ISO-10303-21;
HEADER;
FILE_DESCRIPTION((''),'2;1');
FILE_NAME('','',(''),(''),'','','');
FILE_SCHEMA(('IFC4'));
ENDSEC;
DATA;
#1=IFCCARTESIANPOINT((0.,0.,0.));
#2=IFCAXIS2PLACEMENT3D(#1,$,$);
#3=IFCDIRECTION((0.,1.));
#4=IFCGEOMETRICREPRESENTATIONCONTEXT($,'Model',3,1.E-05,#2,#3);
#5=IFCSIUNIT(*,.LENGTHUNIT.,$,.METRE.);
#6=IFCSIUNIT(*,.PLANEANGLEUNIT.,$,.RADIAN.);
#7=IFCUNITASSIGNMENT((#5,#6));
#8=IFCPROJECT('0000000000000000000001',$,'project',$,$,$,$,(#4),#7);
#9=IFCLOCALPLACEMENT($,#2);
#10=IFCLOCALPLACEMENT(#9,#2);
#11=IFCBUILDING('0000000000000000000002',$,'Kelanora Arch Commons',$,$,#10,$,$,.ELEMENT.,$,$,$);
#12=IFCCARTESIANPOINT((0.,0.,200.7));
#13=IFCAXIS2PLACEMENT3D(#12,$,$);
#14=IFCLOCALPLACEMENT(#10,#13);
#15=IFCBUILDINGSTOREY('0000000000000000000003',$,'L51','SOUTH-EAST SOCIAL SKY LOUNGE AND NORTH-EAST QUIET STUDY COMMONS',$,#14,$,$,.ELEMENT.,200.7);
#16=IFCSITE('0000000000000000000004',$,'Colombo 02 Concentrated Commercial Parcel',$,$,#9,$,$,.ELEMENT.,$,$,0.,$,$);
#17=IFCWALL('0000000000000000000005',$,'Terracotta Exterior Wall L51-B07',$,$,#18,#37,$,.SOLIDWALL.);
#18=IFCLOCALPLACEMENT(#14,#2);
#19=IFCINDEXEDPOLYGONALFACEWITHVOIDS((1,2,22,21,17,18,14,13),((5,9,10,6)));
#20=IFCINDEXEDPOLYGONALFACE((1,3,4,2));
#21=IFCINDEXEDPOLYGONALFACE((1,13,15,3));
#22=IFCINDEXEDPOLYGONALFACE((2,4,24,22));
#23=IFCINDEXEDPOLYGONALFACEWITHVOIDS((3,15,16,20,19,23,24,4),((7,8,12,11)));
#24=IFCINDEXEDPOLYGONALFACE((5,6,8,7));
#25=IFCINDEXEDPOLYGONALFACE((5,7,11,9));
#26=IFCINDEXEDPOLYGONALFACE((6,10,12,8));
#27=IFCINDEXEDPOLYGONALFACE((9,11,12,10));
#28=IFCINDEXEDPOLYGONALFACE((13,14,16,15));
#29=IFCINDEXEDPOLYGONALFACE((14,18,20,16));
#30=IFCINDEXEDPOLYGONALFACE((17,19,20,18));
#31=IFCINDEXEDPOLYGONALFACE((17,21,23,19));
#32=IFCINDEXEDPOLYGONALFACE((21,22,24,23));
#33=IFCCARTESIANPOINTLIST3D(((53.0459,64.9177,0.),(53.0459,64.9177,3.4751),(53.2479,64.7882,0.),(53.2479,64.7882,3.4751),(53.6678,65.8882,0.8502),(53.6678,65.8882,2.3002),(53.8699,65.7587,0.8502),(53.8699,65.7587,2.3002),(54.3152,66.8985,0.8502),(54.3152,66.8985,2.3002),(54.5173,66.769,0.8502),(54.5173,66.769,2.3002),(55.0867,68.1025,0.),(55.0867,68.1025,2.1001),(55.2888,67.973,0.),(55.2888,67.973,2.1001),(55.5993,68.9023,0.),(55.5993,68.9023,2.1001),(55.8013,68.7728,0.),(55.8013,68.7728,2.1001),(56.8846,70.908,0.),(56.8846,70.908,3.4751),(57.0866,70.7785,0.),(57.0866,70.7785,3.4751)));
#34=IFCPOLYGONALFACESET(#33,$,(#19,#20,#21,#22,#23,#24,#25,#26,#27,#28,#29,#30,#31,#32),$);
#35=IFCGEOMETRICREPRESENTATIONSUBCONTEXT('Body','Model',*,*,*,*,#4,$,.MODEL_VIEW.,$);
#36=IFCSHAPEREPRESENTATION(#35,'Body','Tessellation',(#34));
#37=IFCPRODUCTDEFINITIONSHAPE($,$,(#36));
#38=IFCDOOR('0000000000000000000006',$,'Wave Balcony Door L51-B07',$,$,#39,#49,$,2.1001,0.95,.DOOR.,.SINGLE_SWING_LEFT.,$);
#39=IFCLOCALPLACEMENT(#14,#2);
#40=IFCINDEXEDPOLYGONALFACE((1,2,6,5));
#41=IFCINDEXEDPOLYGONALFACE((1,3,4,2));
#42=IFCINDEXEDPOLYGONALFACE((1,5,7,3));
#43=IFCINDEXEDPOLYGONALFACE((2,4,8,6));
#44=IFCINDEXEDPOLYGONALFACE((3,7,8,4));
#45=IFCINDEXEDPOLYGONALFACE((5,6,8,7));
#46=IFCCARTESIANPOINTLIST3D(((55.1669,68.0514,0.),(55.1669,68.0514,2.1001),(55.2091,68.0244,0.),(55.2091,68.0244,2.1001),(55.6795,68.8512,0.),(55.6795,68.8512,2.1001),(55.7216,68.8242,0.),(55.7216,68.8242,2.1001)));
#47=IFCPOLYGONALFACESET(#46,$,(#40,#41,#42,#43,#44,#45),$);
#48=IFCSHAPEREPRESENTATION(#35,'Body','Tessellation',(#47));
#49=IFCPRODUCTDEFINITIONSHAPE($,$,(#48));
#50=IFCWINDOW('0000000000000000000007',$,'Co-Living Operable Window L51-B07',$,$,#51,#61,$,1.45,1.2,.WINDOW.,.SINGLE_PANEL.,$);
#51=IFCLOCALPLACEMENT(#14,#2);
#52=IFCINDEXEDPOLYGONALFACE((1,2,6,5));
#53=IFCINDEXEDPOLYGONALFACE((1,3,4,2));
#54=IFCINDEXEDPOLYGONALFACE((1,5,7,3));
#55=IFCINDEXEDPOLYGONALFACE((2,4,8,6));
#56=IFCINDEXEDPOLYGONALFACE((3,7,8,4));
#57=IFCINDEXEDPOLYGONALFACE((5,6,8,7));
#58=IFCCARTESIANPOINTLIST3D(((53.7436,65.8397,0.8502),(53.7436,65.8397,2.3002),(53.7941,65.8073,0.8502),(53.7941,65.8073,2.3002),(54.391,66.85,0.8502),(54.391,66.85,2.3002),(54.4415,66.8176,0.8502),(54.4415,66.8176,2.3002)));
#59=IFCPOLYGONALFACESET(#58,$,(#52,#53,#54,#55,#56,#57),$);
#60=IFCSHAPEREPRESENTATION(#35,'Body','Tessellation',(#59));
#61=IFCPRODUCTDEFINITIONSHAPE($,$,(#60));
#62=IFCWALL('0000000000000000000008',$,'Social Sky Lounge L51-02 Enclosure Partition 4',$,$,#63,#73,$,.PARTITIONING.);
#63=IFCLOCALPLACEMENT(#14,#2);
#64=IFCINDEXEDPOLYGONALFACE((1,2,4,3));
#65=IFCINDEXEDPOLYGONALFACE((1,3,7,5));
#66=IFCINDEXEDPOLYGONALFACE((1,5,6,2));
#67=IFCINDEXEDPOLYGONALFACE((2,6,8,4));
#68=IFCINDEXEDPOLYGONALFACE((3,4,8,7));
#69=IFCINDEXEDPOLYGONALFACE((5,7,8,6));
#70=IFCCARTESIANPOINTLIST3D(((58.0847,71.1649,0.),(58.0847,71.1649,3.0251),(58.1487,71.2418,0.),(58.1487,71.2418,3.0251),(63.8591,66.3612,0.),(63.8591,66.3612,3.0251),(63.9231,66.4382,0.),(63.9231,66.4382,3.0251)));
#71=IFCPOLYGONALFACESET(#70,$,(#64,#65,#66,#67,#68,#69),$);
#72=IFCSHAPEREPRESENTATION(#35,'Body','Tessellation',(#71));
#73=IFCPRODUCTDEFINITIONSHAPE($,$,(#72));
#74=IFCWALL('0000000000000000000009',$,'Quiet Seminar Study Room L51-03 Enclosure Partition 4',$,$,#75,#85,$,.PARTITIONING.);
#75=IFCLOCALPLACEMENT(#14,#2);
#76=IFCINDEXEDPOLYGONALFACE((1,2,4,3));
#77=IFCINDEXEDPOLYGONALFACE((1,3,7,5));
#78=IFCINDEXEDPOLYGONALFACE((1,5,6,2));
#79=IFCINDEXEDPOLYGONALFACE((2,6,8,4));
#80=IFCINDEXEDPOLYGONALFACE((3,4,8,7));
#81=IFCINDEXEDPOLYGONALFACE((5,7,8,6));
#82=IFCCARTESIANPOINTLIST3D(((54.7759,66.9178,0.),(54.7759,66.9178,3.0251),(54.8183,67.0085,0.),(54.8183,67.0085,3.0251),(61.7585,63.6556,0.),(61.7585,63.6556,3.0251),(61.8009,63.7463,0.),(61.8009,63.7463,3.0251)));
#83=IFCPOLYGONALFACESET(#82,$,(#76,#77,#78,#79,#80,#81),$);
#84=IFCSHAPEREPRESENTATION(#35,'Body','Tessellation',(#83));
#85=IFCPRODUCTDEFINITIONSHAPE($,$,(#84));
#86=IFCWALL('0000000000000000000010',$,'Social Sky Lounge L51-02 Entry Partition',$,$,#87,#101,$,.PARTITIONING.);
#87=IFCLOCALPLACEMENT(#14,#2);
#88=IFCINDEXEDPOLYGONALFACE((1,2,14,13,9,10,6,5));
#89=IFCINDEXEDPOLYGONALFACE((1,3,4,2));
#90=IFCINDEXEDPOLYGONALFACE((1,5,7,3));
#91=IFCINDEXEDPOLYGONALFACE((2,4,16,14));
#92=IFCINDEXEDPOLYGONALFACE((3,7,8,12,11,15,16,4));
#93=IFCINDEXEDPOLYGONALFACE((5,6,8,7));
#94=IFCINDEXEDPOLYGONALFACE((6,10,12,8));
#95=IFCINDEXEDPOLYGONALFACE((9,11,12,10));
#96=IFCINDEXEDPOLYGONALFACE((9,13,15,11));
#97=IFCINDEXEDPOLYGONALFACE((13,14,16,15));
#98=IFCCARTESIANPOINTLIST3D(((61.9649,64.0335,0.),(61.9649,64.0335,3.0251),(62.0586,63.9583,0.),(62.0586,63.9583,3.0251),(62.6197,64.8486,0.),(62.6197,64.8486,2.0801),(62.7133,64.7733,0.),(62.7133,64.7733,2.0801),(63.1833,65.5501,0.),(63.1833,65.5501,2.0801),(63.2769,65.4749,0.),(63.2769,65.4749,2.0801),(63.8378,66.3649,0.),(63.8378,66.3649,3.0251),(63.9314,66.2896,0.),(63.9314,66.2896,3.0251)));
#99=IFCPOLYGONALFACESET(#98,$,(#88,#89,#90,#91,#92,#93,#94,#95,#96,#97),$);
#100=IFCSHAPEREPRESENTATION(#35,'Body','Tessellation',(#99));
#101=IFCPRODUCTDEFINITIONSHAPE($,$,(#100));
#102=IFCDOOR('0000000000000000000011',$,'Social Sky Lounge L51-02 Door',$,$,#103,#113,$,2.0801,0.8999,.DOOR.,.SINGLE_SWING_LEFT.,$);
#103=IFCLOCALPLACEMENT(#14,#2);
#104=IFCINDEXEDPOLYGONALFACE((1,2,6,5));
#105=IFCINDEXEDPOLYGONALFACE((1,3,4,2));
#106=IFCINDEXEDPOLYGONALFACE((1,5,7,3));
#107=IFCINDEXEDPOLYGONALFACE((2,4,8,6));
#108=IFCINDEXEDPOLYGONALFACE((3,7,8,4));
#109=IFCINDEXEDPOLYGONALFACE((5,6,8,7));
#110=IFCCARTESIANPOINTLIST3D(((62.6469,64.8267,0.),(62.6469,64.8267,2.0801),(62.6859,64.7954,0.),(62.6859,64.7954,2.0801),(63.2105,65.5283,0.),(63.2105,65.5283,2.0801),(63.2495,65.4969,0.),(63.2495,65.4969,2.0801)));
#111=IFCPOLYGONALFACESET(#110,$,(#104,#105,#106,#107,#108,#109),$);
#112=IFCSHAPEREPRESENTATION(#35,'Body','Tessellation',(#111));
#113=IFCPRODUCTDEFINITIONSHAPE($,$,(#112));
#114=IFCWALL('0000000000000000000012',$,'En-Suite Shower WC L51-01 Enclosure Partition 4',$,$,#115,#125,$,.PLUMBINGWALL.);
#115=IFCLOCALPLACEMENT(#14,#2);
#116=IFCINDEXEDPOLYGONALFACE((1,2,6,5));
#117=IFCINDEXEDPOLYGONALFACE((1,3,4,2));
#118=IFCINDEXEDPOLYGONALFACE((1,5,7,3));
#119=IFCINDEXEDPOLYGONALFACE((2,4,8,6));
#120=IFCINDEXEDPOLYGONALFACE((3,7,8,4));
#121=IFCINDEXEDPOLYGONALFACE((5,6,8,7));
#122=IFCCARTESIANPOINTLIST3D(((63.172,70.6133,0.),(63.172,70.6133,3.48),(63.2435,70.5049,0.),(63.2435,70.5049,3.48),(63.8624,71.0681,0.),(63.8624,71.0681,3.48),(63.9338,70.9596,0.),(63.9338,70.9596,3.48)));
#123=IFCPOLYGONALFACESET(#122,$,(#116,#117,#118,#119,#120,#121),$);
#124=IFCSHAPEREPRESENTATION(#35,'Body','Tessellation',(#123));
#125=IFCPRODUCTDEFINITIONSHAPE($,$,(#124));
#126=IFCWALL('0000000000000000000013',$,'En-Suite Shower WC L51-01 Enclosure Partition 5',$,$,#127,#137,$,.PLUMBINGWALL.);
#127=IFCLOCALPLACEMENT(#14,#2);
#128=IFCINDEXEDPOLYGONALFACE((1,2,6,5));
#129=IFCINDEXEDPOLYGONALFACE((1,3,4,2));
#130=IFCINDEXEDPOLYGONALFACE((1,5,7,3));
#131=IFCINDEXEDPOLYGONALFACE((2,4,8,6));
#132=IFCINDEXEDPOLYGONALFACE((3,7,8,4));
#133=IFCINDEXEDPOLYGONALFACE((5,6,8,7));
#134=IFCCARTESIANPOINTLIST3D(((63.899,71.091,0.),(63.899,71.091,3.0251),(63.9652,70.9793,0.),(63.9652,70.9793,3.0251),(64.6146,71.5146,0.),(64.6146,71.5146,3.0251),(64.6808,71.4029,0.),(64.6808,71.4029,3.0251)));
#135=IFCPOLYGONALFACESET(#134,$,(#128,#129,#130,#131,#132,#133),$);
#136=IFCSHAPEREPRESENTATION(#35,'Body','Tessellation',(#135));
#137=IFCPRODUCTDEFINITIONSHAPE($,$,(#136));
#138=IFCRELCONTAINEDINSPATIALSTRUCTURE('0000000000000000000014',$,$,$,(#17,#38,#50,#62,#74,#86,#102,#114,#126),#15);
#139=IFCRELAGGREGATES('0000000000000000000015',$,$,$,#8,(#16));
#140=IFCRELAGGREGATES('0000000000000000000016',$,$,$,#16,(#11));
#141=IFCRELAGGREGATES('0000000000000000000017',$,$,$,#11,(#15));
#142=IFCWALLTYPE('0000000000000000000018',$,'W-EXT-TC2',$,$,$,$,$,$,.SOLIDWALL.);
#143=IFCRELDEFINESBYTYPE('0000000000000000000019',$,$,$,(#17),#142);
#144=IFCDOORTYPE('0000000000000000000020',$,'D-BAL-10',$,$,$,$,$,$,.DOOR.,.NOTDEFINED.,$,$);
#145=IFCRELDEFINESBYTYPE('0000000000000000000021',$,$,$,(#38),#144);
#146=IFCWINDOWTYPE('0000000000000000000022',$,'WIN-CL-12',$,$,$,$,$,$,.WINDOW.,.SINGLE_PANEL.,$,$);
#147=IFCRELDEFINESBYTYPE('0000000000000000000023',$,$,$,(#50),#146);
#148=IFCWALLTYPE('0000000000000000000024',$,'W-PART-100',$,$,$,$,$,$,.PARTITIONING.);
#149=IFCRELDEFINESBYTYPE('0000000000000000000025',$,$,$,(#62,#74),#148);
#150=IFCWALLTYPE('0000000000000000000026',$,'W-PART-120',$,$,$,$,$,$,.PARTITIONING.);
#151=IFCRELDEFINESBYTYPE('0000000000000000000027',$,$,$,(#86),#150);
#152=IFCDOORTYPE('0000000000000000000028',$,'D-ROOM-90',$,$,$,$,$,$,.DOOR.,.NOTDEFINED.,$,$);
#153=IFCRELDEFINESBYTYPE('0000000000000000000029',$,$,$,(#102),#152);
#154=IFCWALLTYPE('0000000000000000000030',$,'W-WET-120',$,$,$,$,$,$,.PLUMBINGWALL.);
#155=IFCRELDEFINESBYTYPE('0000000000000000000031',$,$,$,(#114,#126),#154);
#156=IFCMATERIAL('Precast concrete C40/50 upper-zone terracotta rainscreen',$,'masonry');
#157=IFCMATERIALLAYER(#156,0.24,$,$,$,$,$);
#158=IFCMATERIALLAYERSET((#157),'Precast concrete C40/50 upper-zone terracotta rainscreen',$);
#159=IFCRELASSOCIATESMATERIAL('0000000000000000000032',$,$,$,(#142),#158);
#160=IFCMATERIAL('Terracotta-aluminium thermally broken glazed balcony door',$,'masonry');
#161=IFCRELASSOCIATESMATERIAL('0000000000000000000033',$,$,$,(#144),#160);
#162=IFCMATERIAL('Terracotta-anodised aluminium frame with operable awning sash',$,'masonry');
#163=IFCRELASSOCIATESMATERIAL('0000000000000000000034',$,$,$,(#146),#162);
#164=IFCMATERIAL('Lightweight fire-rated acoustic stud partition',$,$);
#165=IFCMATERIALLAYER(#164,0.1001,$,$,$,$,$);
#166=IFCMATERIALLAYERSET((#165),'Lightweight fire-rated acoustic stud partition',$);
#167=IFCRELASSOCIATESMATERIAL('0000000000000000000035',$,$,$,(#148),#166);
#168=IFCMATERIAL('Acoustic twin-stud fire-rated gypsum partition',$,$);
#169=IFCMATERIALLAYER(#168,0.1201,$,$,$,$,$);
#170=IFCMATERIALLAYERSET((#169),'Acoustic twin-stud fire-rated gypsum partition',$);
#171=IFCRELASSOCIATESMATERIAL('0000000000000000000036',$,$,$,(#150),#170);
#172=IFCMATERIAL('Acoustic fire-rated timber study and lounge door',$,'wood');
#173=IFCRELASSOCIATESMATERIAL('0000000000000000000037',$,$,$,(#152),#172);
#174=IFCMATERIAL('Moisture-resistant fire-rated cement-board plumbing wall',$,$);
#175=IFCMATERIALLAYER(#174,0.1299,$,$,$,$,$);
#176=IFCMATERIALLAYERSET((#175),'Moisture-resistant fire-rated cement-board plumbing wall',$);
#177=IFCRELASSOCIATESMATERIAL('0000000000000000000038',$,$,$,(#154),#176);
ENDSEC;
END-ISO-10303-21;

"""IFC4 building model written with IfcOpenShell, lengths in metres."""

from ifc_helpers import new_model, si_unit, direction, frame, frame_2d, origin, place, context, subcontext, project, spatial, rectangle, extrude, material, layer, layer_set, type_object, element, fill, save


model = new_model("IFC4")

# Units and contexts
model_context = context("Model", 3, precision=1e-05, world=origin(), true_north=direction((0.0, 1.0)))
body_context = subcontext(model_context, "Body", "Model", "MODEL_VIEW")
ifc_project = project(units=[si_unit("LENGTHUNIT", "METRE"), si_unit("PLANEANGLEUNIT", "RADIAN")], contexts=[model_context])

# Site, building, storey
site_placement = place(None, origin())
site = spatial("IfcSite", under=ifc_project, at=site_placement, Name="Colombo 02 Concentrated Commercial Parcel", CompositionType="ELEMENT", RefElevation=0.0)
building_placement = place(site_placement, origin())
building = spatial("IfcBuilding", under=site, at=building_placement, Name="Kelanora Arch Commons", CompositionType="ELEMENT")
storey_placement = place(building_placement, frame((0.0, 0.0, 200.7)))
storey = spatial("IfcBuildingStorey", under=building, at=storey_placement, Name="L51", Description="SOUTH-EAST SOCIAL SKY LOUNGE AND NORTH-EAST QUIET STUDY COMMONS", CompositionType="ELEMENT", Elevation=200.7)

# Shared definitions
ifc_material_1 = material(Name="Precast concrete C40/50 upper-zone terracotta rainscreen", Category="masonry")
ifc_layer_1 = layer(ifc_material_1, 0.24)
ifc_layer_set_1 = layer_set([ifc_layer_1], Name="Precast concrete C40/50 upper-zone terracotta rainscreen")
wall_type_1 = type_object("IfcWallType", Name="W-EXT-TC2", PredefinedType="SOLIDWALL", material=ifc_layer_set_1)

# Wall, openings, door, window
wall_1_placement = place(storey_placement, frame((56.9856, 70.8433, 0.0), z_axis=(0.0, 0.0, 1.0), x_axis=(-0.53954, -0.84196, 0.0)))
wall_1 = element("IfcWall", 1, at=wall_1_placement, inside=storey, type_object=wall_type_1, Name="Terracotta Exterior Wall L51-B07", PredefinedType="SOLIDWALL", context=body_context, shape_type="SweptSolid", body=[
    extrude(rectangle(XDim=7.1147, YDim=0.24, at=frame_2d((3.5574, 0.0))), origin(), (0.0, 0.0, 1.0), 3.4751),
])
opening_1_placement = place(wall_1_placement, frame((2.3821, 0.0, 0.0)))
opening_1 = element("IfcOpeningElement", 2, at=opening_1_placement, cuts=wall_1, PredefinedType="OPENING", context=body_context, shape_type="SweptSolid", body=[
    extrude(rectangle(XDim=0.95, YDim=2.1001, at=frame_2d((0.4751, 1.05))), frame((0.0, 0.1299, 0.0), z_axis=(0.0, -1.0, 0.0), x_axis=(1.0, 0.0, 0.0)), (0.0, 0.0, 1.0), 0.26),
])
opening_2_placement = place(wall_1_placement, frame((4.762, 0.0, 0.8501)))
opening_2 = element("IfcOpeningElement", 3, at=opening_2_placement, cuts=wall_1, PredefinedType="OPENING", context=body_context, shape_type="SweptSolid", body=[
    extrude(rectangle(XDim=1.2, YDim=1.45, at=frame_2d((0.6001, 0.7251))), frame((0.0, 0.1299, 0.0), z_axis=(0.0, -1.0, 0.0), x_axis=(1.0, 0.0, 0.0)), (0.0, 0.0, 1.0), 0.26),
])
ifc_material_2 = material(Name="Terracotta-aluminium thermally broken glazed balcony door", Category="masonry")
door_type_1 = type_object("IfcDoorType", Name="D-BAL-10", OperationType="NOTDEFINED", PredefinedType="DOOR", material=ifc_material_2)
door_1_placement = place(opening_1_placement, frame((0.95, 0.0, 0.0), z_axis=(0.0, 0.0, 1.0), x_axis=(-1.0, 0.0, 0.0)))
door_1 = element("IfcDoor", 4, at=door_1_placement, inside=storey, type_object=door_type_1, Name="Wave Balcony Door L51-B07", OperationType="SINGLE_SWING_LEFT", OverallHeight=2.1001, OverallWidth=0.95, PredefinedType="DOOR", context=body_context, shape_type="SweptSolid", body=[
    extrude(rectangle(XDim=0.95, YDim=2.1001, at=frame_2d((0.4751, 1.05))), frame((0.0, 0.0249, 0.0), z_axis=(0.0, -1.0, 0.0), x_axis=(1.0, 0.0, 0.0)), (0.0, 0.0, 1.0), 0.05),
])
fill(opening_1, door_1)
ifc_material_3 = material(Name="Terracotta-anodised aluminium frame with operable awning sash", Category="masonry")
window_type_1 = type_object("IfcWindowType", Name="WIN-CL-12", PartitioningType="SINGLE_PANEL", PredefinedType="WINDOW", material=ifc_material_3)
window_1_placement = place(opening_2_placement, origin())
window_1 = element("IfcWindow", 5, at=window_1_placement, inside=storey, type_object=window_type_1, Name="Co-Living Operable Window L51-B07", OverallHeight=1.45, OverallWidth=1.2, PartitioningType="SINGLE_PANEL", PredefinedType="WINDOW", context=body_context, shape_type="SweptSolid", body=[
    extrude(rectangle(XDim=1.2, YDim=1.45, at=frame_2d((0.6001, 0.7251))), frame((0.0, 0.03, 0.0), z_axis=(0.0, -1.0, 0.0), x_axis=(1.0, 0.0, 0.0)), (0.0, 0.0, 1.0), 0.0601),
])
fill(opening_2, window_1)

# Walls
ifc_material_4 = material(Name="Lightweight fire-rated acoustic stud partition")
ifc_layer_2 = layer(ifc_material_4, 0.1001)
ifc_layer_set_2 = layer_set([ifc_layer_2], Name="Lightweight fire-rated acoustic stud partition")
wall_type_2 = type_object("IfcWallType", Name="W-PART-100", PredefinedType="PARTITIONING", material=ifc_layer_set_2)
wall_2_placement = place(storey_placement, frame((58.1167, 71.2034, 0.0), z_axis=(0.0, 0.0, 1.0), x_axis=(0.768764, -0.639532, 0.0)))
element("IfcWall", 6, at=wall_2_placement, inside=storey, type_object=wall_type_2, Name="Social Sky Lounge L51-02 Enclosure Partition 4", PredefinedType="PARTITIONING", context=body_context, shape_type="SweptSolid", body=[
    extrude(rectangle(XDim=7.5112, YDim=0.1001, at=frame_2d((3.7556, 0.0))), origin(), (0.0, 0.0, 1.0), 3.0251),
])
wall_3_placement = place(storey_placement, frame((54.7971, 66.9631, 0.0), z_axis=(0.0, 0.0, 1.0), x_axis=(0.906003, -0.423272, 0.0)))
element("IfcWall", 7, at=wall_3_placement, inside=storey, type_object=wall_type_2, Name="Quiet Seminar Study Room L51-03 Enclosure Partition 4", PredefinedType="PARTITIONING", context=body_context, shape_type="SweptSolid", body=[
    extrude(rectangle(XDim=7.707, YDim=0.1001, at=frame_2d((3.8535, 0.0))), origin(), (0.0, 0.0, 1.0), 3.0251),
])

# Wall, opening, door
ifc_material_5 = material(Name="Acoustic twin-stud fire-rated gypsum partition")
ifc_layer_3 = layer(ifc_material_5, 0.1201)
ifc_layer_set_3 = layer_set([ifc_layer_3], Name="Acoustic twin-stud fire-rated gypsum partition")
wall_type_3 = type_object("IfcWallType", Name="W-PART-120", PredefinedType="PARTITIONING", material=ifc_layer_set_3)
wall_4_placement = place(storey_placement, frame((63.8845, 66.3271, 0.0), z_axis=(0.0, 0.0, 1.0), x_axis=(-0.626277, -0.779601, 0.0)))
wall_4 = element("IfcWall", 8, at=wall_4_placement, inside=storey, type_object=wall_type_3, Name="Social Sky Lounge L51-02 Entry Partition", PredefinedType="PARTITIONING", context=body_context, shape_type="SweptSolid", body=[
    extrude(rectangle(XDim=2.9905, YDim=0.1201, at=frame_2d((1.4951, 0.0))), origin(), (0.0, 0.0, 1.0), 3.0251),
])
opening_3_placement = place(wall_4_placement, frame((1.0449, 0.0, 0.0)))
opening_3 = element("IfcOpeningElement", 9, at=opening_3_placement, cuts=wall_4, PredefinedType="OPENING", context=body_context, shape_type="SweptSolid", body=[
    extrude(rectangle(XDim=0.8999, YDim=2.0801, at=frame_2d((0.45, 1.04))), frame((0.0, 0.0701, 0.0), z_axis=(0.0, -1.0, 0.0), x_axis=(1.0, 0.0, 0.0)), (0.0, 0.0, 1.0), 0.1401),
])
ifc_material_6 = material(Name="Acoustic fire-rated timber study and lounge door", Category="wood")
door_type_2 = type_object("IfcDoorType", Name="D-ROOM-90", OperationType="NOTDEFINED", PredefinedType="DOOR", material=ifc_material_6)
door_2_placement = place(opening_3_placement, origin())
door_2 = element("IfcDoor", 10, at=door_2_placement, inside=storey, type_object=door_type_2, Name="Social Sky Lounge L51-02 Door", OperationType="SINGLE_SWING_LEFT", OverallHeight=2.0801, OverallWidth=0.8999, PredefinedType="DOOR", context=body_context, shape_type="SweptSolid", body=[
    extrude(rectangle(XDim=0.8999, YDim=2.0801, at=frame_2d((0.45, 1.04))), frame((0.0, 0.0249, 0.0), z_axis=(0.0, -1.0, 0.0), x_axis=(1.0, 0.0, 0.0)), (0.0, 0.0, 1.0), 0.05),
])
fill(opening_3, door_2)

# Walls
ifc_material_7 = material(Name="Moisture-resistant fire-rated cement-board plumbing wall")
ifc_layer_4 = layer(ifc_material_7, 0.1299)
ifc_layer_set_4 = layer_set([ifc_layer_4], Name="Moisture-resistant fire-rated cement-board plumbing wall")
wall_type_4 = type_object("IfcWallType", Name="W-WET-120", PredefinedType="PLUMBINGWALL", material=ifc_layer_set_4)
wall_5_placement = place(storey_placement, frame((63.2078, 70.5591, 0.0), z_axis=(0.0, 0.0, 1.0), x_axis=(0.835082, 0.550126, 0.0)))
element("IfcWall", 11, at=wall_5_placement, inside=storey, type_object=wall_type_4, Name="En-Suite Shower WC L51-01 Enclosure Partition 4", PredefinedType="PLUMBINGWALL", context=body_context, shape_type="SweptSolid", body=[
    extrude(rectangle(XDim=0.8267, YDim=0.1299, at=frame_2d((0.4133, 0.0))), origin(), (0.0, 0.0, 1.0), 3.48),
])
wall_6_placement = place(storey_placement, frame((63.9321, 71.0352, 0.0), z_axis=(0.0, 0.0, 1.0), x_axis=(0.860535, 0.509392, 0.0)))
element("IfcWall", 12, at=wall_6_placement, inside=storey, type_object=wall_type_4, Name="En-Suite Shower WC L51-01 Enclosure Partition 5", PredefinedType="PLUMBINGWALL", context=body_context, shape_type="SweptSolid", body=[
    extrude(rectangle(XDim=0.8315, YDim=0.1299, at=frame_2d((0.4158, 0.0))), origin(), (0.0, 0.0, 1.0), 3.0251),
])

save(model, "model.ifc")
